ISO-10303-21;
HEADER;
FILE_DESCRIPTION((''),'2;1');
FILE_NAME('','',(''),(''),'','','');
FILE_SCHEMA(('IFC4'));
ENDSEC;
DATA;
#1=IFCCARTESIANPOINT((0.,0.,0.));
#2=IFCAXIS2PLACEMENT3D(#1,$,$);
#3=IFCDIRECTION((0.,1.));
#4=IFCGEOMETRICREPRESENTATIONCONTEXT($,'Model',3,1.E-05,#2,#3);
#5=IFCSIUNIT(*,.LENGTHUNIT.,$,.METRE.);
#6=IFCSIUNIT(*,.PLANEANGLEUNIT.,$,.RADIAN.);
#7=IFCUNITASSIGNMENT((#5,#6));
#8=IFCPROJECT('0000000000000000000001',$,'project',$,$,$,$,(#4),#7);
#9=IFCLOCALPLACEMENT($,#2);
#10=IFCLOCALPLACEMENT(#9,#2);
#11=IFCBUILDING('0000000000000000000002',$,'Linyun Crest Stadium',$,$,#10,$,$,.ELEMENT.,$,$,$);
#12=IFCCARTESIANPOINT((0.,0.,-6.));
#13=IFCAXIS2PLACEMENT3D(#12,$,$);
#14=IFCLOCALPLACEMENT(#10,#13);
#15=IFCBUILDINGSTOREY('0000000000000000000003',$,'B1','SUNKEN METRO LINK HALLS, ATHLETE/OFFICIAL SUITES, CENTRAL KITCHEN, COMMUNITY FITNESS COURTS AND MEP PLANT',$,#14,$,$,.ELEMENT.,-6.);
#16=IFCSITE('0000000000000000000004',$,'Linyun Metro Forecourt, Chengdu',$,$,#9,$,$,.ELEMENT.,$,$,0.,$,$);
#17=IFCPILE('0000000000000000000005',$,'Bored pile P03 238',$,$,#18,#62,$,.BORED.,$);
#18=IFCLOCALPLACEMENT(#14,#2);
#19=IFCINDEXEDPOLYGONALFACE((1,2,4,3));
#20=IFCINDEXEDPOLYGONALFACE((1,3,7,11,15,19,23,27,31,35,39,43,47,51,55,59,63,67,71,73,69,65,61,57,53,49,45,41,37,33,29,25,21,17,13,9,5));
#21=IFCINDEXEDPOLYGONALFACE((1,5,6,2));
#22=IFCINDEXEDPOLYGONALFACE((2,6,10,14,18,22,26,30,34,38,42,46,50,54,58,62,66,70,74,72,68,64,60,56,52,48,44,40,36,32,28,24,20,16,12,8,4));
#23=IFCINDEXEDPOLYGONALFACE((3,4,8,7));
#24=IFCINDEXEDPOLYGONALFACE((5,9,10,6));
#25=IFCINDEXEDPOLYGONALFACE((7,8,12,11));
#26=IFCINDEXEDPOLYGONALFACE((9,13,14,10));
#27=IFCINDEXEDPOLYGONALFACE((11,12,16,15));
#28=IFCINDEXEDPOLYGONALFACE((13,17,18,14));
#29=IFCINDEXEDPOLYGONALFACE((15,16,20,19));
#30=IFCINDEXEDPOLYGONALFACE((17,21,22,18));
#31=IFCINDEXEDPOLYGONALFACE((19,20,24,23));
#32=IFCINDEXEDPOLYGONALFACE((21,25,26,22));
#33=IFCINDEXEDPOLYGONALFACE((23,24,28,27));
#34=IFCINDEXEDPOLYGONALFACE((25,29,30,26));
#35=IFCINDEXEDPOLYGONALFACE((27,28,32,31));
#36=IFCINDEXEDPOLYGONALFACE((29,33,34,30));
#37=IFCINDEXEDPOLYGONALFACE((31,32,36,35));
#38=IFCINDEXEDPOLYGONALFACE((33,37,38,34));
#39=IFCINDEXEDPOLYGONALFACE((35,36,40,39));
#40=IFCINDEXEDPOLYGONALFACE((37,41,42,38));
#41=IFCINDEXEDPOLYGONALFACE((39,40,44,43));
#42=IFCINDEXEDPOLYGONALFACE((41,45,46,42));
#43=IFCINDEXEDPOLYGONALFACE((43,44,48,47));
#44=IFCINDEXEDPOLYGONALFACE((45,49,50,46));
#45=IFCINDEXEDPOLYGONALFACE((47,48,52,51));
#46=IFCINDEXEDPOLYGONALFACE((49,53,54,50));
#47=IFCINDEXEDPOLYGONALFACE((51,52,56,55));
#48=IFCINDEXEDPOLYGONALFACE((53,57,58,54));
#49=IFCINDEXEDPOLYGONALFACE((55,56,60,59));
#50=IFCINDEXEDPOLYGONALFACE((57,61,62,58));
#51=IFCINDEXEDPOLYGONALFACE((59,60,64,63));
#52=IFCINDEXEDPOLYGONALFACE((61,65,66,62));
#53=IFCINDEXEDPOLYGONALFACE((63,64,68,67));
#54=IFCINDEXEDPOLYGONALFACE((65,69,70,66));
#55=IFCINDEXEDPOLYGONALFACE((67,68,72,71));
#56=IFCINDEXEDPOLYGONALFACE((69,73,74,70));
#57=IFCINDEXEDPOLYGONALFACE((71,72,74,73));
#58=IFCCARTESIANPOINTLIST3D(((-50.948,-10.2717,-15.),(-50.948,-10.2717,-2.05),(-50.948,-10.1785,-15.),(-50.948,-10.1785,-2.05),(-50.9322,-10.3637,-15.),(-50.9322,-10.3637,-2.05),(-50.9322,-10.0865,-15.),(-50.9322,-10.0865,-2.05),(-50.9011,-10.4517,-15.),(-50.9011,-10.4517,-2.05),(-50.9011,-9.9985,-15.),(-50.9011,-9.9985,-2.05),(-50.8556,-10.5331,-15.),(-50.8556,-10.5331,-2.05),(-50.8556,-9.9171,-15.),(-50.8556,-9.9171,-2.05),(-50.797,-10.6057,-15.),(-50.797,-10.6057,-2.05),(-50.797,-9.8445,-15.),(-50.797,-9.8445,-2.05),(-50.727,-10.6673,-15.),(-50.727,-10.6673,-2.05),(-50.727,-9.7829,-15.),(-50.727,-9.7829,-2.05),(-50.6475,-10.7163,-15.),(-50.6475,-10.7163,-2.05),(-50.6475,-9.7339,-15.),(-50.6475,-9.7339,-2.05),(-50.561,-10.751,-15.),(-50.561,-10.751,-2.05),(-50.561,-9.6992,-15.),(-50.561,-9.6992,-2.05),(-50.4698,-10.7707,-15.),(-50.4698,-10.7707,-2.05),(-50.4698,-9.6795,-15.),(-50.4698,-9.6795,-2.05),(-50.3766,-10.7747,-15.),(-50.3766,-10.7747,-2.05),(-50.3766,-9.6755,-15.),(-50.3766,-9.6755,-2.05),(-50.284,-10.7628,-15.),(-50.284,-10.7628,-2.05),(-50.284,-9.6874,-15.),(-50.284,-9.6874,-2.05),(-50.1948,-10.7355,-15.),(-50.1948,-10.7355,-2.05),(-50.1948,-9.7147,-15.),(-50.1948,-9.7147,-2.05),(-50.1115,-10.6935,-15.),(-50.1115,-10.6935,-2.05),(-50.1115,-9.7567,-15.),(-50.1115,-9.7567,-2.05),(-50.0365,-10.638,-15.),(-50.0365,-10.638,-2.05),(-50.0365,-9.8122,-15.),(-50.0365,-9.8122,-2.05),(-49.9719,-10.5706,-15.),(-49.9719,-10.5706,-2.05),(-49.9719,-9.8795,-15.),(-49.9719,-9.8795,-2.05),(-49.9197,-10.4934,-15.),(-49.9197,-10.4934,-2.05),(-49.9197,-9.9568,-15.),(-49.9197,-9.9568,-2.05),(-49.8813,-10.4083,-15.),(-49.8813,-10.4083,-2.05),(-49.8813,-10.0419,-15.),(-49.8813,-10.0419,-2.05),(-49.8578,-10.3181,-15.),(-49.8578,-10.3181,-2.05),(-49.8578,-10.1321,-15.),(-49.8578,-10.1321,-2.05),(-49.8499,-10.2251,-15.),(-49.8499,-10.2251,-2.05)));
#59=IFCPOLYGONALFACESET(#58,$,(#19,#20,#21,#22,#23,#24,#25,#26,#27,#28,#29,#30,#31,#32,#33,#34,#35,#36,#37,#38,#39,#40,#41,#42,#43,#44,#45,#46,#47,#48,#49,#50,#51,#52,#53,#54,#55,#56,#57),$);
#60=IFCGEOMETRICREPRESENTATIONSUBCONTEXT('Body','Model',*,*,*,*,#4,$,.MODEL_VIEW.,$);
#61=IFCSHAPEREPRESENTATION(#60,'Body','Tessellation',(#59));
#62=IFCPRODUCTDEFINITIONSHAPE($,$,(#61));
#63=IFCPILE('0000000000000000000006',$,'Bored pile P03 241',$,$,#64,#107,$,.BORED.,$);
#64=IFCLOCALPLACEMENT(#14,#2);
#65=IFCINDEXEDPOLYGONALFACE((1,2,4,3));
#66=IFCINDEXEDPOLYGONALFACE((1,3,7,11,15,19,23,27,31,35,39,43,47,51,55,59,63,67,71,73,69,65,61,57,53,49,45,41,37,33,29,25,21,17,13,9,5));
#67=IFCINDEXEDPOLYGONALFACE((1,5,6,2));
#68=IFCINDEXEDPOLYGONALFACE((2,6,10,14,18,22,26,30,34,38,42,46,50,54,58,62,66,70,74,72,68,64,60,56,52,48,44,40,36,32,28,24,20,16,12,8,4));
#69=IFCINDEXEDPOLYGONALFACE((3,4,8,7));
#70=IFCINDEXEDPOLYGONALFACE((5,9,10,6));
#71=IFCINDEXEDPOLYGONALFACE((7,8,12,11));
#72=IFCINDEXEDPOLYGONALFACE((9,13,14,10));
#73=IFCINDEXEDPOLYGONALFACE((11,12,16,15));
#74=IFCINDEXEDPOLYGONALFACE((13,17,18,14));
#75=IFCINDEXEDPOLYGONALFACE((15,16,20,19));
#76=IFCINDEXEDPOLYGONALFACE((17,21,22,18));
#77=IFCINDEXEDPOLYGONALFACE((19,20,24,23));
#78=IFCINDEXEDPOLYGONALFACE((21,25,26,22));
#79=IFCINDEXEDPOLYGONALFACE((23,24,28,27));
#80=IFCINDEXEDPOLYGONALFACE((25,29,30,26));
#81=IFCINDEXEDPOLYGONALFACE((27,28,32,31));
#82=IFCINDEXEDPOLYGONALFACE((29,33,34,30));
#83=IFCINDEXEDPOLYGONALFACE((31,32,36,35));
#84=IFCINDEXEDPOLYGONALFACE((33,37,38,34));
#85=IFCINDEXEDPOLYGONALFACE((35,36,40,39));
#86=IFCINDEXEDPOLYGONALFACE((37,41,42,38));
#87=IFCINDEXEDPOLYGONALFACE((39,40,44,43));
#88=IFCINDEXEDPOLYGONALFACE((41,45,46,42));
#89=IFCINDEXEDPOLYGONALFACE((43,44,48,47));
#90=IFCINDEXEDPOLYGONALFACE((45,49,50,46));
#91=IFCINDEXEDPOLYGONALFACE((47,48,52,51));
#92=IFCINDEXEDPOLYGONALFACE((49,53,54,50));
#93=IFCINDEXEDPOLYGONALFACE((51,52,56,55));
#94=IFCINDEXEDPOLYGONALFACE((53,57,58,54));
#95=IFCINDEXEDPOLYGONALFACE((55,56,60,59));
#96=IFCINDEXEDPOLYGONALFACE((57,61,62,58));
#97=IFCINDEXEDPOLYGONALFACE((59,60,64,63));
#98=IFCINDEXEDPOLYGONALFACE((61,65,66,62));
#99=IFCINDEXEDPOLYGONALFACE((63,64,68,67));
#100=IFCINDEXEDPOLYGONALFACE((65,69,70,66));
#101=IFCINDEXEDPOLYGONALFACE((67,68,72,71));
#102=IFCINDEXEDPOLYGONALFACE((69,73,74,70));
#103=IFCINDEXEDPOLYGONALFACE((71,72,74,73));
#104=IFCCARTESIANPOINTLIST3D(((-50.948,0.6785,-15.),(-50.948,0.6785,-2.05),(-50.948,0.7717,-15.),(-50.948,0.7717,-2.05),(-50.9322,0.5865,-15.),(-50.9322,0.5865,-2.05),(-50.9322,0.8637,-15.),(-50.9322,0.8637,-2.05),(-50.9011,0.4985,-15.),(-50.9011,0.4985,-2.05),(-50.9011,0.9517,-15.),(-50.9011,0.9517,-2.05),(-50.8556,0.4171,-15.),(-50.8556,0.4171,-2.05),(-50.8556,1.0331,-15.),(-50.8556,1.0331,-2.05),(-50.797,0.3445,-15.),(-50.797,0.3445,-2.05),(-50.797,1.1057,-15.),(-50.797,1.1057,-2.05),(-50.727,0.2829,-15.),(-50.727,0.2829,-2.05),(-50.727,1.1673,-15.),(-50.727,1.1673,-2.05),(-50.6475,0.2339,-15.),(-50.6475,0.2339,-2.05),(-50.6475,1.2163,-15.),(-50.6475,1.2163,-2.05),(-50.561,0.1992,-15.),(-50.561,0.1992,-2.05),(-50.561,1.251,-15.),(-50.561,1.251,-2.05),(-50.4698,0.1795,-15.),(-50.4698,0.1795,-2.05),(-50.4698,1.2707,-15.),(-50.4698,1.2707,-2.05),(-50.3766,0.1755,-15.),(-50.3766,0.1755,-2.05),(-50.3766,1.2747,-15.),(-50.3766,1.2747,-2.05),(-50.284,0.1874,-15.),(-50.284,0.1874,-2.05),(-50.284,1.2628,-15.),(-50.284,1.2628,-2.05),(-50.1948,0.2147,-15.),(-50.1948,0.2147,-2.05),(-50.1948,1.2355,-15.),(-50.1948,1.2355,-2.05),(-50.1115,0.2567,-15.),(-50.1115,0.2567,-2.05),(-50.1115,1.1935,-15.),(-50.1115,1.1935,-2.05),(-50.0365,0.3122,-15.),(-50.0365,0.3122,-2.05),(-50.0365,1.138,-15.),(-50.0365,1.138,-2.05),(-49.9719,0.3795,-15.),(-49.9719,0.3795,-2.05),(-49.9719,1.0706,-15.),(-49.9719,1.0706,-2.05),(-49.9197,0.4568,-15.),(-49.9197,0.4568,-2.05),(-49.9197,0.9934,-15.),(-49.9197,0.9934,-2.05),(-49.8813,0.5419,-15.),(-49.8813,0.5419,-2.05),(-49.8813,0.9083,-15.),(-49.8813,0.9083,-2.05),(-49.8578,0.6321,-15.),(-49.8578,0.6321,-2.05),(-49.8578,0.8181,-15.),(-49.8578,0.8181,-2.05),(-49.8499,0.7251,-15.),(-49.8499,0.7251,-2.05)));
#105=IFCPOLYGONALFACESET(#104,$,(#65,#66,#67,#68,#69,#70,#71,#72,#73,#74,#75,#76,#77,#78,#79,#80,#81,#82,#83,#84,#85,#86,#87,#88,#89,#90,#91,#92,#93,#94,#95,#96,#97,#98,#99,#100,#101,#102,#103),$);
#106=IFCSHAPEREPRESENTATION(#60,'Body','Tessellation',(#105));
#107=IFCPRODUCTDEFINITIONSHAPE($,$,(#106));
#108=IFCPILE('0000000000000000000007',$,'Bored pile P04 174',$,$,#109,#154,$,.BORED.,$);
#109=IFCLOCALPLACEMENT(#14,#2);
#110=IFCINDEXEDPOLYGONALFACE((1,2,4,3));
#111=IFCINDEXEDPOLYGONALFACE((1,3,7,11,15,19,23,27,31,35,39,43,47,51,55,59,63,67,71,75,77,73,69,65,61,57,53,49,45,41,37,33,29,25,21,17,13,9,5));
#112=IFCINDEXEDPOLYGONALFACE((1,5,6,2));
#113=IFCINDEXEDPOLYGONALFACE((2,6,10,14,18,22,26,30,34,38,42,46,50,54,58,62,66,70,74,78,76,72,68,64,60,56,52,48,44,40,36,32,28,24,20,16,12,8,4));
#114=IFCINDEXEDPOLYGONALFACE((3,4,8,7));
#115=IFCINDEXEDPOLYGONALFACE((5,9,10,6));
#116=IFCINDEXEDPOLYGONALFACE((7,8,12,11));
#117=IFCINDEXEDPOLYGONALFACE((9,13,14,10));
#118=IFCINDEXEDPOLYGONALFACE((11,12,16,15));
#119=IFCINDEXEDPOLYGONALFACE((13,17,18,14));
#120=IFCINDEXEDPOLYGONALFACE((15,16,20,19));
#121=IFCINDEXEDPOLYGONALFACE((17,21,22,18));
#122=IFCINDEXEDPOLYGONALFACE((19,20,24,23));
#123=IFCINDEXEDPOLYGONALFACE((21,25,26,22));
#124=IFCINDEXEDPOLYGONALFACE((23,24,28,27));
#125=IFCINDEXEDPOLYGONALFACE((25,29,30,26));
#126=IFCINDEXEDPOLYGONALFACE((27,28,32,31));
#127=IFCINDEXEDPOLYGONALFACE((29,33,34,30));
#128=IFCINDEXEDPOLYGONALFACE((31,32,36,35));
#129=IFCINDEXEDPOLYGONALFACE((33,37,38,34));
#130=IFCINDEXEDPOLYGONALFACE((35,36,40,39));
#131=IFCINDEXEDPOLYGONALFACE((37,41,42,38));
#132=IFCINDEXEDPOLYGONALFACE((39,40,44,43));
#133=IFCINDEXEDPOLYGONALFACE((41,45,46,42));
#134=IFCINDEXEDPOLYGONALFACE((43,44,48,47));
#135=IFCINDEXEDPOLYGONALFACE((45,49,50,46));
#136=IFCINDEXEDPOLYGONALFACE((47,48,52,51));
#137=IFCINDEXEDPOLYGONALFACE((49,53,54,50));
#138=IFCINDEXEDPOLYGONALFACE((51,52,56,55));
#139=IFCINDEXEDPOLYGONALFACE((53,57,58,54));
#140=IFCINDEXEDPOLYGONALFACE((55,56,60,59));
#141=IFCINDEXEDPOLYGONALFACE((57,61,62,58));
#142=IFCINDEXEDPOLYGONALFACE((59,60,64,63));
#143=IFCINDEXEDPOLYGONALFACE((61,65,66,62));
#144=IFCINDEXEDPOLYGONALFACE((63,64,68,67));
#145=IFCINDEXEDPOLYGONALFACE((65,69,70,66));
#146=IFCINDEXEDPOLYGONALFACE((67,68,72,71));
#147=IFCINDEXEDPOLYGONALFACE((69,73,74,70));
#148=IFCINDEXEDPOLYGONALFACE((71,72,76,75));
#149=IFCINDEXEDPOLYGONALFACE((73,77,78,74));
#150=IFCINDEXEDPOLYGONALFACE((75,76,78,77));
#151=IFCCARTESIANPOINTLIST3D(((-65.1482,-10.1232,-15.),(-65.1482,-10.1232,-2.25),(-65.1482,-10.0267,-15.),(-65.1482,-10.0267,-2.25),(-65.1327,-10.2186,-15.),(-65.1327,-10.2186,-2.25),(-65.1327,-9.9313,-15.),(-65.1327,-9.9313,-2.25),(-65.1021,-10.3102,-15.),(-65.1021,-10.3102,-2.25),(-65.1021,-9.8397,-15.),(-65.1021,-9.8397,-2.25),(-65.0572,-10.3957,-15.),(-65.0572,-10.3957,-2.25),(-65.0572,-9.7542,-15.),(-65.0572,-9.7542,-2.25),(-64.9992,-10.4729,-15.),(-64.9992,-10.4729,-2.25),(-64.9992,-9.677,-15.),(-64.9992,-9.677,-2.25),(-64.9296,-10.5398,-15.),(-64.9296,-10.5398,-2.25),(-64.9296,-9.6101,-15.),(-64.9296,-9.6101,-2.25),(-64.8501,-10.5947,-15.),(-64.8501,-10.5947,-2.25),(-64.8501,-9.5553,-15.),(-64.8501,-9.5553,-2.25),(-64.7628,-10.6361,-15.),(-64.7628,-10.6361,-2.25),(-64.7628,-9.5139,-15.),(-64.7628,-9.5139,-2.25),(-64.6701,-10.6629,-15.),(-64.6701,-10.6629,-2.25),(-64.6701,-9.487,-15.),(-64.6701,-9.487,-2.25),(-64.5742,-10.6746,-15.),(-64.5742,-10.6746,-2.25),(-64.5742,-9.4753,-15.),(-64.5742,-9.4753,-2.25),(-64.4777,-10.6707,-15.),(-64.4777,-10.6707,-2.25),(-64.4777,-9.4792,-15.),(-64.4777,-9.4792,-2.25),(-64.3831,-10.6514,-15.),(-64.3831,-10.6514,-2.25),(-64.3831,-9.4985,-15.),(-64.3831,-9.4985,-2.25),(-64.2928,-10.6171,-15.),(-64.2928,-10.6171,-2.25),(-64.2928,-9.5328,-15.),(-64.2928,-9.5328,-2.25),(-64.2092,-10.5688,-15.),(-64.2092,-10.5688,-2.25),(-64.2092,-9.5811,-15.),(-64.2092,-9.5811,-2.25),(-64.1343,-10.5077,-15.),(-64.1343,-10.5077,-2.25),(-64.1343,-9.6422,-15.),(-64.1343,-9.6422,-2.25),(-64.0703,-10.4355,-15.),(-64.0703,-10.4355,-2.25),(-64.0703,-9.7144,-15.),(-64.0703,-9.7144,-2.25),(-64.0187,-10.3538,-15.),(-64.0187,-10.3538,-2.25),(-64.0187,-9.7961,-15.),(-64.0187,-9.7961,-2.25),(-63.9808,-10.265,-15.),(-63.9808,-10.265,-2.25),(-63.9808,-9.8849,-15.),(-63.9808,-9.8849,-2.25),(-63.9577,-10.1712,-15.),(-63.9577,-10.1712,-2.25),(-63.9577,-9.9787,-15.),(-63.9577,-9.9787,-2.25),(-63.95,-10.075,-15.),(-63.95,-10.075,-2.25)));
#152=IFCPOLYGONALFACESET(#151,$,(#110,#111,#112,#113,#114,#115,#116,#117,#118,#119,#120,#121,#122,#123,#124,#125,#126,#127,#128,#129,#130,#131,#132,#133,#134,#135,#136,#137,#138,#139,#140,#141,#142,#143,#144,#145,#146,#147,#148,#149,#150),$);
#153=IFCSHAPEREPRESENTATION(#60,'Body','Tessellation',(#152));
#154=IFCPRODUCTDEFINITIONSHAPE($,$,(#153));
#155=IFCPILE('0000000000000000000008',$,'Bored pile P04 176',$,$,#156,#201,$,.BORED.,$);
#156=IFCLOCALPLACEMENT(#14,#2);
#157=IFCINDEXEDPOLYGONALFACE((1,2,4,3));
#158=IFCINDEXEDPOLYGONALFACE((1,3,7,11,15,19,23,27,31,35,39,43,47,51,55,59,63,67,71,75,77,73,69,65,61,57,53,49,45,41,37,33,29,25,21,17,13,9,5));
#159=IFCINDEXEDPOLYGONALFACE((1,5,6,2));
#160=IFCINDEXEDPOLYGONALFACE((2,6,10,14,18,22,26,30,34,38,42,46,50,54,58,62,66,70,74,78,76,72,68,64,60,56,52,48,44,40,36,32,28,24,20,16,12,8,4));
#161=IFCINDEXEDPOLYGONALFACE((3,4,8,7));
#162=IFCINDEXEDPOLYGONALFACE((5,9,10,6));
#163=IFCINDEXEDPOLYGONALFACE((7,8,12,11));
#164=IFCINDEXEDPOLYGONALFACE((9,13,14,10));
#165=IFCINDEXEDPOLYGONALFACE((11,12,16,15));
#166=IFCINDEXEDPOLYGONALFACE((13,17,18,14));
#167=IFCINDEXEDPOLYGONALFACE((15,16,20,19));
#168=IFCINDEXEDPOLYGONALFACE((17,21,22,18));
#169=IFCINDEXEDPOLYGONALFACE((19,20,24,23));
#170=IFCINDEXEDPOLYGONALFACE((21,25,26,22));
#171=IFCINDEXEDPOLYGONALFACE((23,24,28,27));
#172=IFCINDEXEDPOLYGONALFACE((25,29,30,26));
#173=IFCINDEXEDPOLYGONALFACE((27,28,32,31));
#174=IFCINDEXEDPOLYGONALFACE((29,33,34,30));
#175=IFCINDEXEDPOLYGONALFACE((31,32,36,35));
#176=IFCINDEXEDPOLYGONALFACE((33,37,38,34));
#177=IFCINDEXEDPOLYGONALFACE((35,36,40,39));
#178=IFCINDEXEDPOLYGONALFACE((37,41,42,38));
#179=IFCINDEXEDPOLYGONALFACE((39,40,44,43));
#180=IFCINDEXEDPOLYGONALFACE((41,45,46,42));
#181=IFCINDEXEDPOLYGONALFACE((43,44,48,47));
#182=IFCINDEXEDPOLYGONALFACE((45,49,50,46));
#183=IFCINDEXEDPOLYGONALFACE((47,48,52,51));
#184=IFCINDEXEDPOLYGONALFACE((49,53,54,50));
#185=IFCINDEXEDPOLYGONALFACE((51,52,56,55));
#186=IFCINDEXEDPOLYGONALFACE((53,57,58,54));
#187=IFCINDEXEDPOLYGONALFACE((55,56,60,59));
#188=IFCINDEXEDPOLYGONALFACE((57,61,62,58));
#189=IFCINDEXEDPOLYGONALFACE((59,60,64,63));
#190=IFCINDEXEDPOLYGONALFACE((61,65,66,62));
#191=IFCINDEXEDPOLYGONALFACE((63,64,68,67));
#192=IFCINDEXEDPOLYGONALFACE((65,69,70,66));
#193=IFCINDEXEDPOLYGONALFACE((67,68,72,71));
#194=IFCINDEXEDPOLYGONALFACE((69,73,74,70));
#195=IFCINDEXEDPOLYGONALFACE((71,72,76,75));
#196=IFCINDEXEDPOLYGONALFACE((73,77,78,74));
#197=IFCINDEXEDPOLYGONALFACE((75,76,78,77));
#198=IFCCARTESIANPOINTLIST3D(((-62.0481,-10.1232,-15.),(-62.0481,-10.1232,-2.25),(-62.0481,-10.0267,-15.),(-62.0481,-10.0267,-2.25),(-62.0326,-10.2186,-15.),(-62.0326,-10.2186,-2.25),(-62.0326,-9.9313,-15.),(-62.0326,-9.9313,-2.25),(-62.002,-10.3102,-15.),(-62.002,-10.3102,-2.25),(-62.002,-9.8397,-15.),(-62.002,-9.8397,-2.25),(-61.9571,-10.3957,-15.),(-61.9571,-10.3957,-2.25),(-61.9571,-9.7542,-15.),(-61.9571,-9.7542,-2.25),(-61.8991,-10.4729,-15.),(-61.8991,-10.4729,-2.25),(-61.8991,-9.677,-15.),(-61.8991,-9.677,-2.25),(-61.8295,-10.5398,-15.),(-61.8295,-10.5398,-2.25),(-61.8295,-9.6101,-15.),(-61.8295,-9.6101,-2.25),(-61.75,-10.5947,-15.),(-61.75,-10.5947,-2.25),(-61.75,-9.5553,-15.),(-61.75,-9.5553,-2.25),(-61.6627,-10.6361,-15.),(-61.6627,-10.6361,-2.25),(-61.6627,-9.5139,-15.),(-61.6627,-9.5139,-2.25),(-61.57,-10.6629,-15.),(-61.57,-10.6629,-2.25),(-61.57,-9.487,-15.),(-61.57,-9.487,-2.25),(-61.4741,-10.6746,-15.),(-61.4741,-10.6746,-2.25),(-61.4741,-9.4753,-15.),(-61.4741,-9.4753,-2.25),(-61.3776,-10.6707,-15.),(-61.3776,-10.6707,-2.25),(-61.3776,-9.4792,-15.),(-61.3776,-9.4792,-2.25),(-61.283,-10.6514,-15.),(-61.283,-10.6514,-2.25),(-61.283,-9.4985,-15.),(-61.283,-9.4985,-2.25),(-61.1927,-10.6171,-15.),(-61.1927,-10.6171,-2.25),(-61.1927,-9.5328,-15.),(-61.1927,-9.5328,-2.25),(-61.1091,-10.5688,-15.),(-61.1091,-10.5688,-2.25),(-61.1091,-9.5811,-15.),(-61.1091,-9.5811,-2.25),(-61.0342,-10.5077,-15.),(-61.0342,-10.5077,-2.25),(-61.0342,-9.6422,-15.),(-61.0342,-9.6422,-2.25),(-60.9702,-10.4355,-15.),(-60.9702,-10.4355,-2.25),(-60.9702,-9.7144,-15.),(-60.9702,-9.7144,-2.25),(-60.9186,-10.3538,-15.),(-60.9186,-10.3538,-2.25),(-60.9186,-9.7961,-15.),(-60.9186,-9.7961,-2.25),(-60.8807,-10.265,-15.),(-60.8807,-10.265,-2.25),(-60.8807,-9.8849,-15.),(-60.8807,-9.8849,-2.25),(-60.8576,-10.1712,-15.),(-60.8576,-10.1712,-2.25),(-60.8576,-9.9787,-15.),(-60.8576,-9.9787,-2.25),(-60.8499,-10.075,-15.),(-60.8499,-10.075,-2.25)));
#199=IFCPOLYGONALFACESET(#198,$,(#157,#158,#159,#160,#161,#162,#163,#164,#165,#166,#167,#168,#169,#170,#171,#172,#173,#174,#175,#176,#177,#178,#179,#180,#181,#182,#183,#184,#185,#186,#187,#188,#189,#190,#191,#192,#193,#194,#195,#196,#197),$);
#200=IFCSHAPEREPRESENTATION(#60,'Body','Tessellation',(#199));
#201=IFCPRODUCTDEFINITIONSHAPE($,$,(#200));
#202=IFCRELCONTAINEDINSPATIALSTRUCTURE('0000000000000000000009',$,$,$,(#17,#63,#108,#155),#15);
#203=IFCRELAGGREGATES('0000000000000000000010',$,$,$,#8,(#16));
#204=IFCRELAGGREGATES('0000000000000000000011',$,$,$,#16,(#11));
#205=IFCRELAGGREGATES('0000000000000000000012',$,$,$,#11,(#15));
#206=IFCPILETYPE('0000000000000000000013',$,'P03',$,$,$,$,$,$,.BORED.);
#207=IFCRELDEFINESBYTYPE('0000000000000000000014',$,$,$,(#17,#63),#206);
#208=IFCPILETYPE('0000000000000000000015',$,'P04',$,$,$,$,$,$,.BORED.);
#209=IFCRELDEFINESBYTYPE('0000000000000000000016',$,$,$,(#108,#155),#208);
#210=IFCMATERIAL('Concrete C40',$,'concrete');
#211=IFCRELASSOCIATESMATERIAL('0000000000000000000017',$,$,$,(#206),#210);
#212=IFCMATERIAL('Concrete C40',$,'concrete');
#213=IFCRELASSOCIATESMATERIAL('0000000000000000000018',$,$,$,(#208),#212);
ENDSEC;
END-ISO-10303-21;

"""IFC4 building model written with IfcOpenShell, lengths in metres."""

from ifc_helpers import new_model, si_unit, direction, frame, origin, origin_2d, place, context, subcontext, project, spatial, circle, extrude, material, material_profile, profile_set, type_object, element, save


model = new_model("IFC4")

# Units and contexts
model_context = context("Model", 3, precision=1e-05, world=origin(), true_north=direction((0.0, 1.0)))
body_context = subcontext(model_context, "Body", "Model", "MODEL_VIEW")
ifc_project = project(units=[si_unit("LENGTHUNIT", "METRE"), si_unit("PLANEANGLEUNIT", "RADIAN")], contexts=[model_context])

# Site, building, storey
site_placement = place(None, origin())
site = spatial("IfcSite", under=ifc_project, at=site_placement, Name="Linyun Metro Forecourt, Chengdu", CompositionType="ELEMENT", RefElevation=0.0)
building_placement = place(site_placement, origin())
building = spatial("IfcBuilding", under=site, at=building_placement, Name="Linyun Crest Stadium", CompositionType="ELEMENT")
storey_placement = place(building_placement, frame((0.0, 0.0, -6.0)))
storey = spatial("IfcBuildingStorey", under=building, at=storey_placement, Name="B1", Description="SUNKEN METRO LINK HALLS, ATHLETE/OFFICIAL SUITES, CENTRAL KITCHEN, COMMUNITY FITNESS COURTS AND MEP PLANT", CompositionType="ELEMENT", Elevation=-6.0)

# Piles
ifc_material_1 = material(Name="Concrete C40", Category="concrete")
ifc_material_profile_1 = material_profile(ifc_material_1, circle(Radius=0.55, at=origin_2d()), Name="BORED PILE 1100")
ifc_profile_set_1 = profile_set([ifc_material_profile_1], Name="Concrete C40")
pile_type_1 = type_object("IfcPileType", Name="P03", PredefinedType="BORED", material=ifc_profile_set_1)
for number, where, z_axis, x_axis, name in (
    (1, (-50.3999, -10.2251, -2.05), (0.0, 0.0, -1.0), (1.0, 0.0, 0.0), "Bored pile P03 238"),
    (2, (-50.3999, 0.7251, -2.05), (0.0, 0.0, -1.0), (1.0, 0.0, 0.0), "Bored pile P03 241"),
):
    element("IfcPile", number, at=place(storey_placement, frame(where, z_axis=z_axis, x_axis=x_axis)), inside=storey, type_object=pile_type_1, Name=name, PredefinedType="BORED", context=body_context, shape_type="SweptSolid", body=[
        extrude(circle(Radius=0.55, at=origin_2d()), origin(), (0.0, 0.0, 1.0), 12.95),
    ])
ifc_material_2 = material(Name="Concrete C40", Category="concrete")
ifc_material_profile_2 = material_profile(ifc_material_2, circle(Radius=0.6001, at=origin_2d()), Name="BORED PILE 1200")
ifc_profile_set_2 = profile_set([ifc_material_profile_2], Name="Concrete C40")
pile_type_2 = type_object("IfcPileType", Name="P04", PredefinedType="BORED", material=ifc_profile_set_2)
for number, where, z_axis, x_axis, name in (
    (3, (-64.55, -10.075, -2.25), (0.0, 0.0, -1.0), (1.0, 0.0, 0.0), "Bored pile P04 174"),
    (4, (-61.45, -10.075, -2.25), (0.0, 0.0, -1.0), (1.0, 0.0, 0.0), "Bored pile P04 176"),
):
    element("IfcPile", number, at=place(storey_placement, frame(where, z_axis=z_axis, x_axis=x_axis)), inside=storey, type_object=pile_type_2, Name=name, PredefinedType="BORED", context=body_context, shape_type="SweptSolid", body=[
        extrude(circle(Radius=0.6001, at=origin_2d()), origin(), (0.0, 0.0, 1.0), 12.75),
    ])

save(model, "model.ifc")
